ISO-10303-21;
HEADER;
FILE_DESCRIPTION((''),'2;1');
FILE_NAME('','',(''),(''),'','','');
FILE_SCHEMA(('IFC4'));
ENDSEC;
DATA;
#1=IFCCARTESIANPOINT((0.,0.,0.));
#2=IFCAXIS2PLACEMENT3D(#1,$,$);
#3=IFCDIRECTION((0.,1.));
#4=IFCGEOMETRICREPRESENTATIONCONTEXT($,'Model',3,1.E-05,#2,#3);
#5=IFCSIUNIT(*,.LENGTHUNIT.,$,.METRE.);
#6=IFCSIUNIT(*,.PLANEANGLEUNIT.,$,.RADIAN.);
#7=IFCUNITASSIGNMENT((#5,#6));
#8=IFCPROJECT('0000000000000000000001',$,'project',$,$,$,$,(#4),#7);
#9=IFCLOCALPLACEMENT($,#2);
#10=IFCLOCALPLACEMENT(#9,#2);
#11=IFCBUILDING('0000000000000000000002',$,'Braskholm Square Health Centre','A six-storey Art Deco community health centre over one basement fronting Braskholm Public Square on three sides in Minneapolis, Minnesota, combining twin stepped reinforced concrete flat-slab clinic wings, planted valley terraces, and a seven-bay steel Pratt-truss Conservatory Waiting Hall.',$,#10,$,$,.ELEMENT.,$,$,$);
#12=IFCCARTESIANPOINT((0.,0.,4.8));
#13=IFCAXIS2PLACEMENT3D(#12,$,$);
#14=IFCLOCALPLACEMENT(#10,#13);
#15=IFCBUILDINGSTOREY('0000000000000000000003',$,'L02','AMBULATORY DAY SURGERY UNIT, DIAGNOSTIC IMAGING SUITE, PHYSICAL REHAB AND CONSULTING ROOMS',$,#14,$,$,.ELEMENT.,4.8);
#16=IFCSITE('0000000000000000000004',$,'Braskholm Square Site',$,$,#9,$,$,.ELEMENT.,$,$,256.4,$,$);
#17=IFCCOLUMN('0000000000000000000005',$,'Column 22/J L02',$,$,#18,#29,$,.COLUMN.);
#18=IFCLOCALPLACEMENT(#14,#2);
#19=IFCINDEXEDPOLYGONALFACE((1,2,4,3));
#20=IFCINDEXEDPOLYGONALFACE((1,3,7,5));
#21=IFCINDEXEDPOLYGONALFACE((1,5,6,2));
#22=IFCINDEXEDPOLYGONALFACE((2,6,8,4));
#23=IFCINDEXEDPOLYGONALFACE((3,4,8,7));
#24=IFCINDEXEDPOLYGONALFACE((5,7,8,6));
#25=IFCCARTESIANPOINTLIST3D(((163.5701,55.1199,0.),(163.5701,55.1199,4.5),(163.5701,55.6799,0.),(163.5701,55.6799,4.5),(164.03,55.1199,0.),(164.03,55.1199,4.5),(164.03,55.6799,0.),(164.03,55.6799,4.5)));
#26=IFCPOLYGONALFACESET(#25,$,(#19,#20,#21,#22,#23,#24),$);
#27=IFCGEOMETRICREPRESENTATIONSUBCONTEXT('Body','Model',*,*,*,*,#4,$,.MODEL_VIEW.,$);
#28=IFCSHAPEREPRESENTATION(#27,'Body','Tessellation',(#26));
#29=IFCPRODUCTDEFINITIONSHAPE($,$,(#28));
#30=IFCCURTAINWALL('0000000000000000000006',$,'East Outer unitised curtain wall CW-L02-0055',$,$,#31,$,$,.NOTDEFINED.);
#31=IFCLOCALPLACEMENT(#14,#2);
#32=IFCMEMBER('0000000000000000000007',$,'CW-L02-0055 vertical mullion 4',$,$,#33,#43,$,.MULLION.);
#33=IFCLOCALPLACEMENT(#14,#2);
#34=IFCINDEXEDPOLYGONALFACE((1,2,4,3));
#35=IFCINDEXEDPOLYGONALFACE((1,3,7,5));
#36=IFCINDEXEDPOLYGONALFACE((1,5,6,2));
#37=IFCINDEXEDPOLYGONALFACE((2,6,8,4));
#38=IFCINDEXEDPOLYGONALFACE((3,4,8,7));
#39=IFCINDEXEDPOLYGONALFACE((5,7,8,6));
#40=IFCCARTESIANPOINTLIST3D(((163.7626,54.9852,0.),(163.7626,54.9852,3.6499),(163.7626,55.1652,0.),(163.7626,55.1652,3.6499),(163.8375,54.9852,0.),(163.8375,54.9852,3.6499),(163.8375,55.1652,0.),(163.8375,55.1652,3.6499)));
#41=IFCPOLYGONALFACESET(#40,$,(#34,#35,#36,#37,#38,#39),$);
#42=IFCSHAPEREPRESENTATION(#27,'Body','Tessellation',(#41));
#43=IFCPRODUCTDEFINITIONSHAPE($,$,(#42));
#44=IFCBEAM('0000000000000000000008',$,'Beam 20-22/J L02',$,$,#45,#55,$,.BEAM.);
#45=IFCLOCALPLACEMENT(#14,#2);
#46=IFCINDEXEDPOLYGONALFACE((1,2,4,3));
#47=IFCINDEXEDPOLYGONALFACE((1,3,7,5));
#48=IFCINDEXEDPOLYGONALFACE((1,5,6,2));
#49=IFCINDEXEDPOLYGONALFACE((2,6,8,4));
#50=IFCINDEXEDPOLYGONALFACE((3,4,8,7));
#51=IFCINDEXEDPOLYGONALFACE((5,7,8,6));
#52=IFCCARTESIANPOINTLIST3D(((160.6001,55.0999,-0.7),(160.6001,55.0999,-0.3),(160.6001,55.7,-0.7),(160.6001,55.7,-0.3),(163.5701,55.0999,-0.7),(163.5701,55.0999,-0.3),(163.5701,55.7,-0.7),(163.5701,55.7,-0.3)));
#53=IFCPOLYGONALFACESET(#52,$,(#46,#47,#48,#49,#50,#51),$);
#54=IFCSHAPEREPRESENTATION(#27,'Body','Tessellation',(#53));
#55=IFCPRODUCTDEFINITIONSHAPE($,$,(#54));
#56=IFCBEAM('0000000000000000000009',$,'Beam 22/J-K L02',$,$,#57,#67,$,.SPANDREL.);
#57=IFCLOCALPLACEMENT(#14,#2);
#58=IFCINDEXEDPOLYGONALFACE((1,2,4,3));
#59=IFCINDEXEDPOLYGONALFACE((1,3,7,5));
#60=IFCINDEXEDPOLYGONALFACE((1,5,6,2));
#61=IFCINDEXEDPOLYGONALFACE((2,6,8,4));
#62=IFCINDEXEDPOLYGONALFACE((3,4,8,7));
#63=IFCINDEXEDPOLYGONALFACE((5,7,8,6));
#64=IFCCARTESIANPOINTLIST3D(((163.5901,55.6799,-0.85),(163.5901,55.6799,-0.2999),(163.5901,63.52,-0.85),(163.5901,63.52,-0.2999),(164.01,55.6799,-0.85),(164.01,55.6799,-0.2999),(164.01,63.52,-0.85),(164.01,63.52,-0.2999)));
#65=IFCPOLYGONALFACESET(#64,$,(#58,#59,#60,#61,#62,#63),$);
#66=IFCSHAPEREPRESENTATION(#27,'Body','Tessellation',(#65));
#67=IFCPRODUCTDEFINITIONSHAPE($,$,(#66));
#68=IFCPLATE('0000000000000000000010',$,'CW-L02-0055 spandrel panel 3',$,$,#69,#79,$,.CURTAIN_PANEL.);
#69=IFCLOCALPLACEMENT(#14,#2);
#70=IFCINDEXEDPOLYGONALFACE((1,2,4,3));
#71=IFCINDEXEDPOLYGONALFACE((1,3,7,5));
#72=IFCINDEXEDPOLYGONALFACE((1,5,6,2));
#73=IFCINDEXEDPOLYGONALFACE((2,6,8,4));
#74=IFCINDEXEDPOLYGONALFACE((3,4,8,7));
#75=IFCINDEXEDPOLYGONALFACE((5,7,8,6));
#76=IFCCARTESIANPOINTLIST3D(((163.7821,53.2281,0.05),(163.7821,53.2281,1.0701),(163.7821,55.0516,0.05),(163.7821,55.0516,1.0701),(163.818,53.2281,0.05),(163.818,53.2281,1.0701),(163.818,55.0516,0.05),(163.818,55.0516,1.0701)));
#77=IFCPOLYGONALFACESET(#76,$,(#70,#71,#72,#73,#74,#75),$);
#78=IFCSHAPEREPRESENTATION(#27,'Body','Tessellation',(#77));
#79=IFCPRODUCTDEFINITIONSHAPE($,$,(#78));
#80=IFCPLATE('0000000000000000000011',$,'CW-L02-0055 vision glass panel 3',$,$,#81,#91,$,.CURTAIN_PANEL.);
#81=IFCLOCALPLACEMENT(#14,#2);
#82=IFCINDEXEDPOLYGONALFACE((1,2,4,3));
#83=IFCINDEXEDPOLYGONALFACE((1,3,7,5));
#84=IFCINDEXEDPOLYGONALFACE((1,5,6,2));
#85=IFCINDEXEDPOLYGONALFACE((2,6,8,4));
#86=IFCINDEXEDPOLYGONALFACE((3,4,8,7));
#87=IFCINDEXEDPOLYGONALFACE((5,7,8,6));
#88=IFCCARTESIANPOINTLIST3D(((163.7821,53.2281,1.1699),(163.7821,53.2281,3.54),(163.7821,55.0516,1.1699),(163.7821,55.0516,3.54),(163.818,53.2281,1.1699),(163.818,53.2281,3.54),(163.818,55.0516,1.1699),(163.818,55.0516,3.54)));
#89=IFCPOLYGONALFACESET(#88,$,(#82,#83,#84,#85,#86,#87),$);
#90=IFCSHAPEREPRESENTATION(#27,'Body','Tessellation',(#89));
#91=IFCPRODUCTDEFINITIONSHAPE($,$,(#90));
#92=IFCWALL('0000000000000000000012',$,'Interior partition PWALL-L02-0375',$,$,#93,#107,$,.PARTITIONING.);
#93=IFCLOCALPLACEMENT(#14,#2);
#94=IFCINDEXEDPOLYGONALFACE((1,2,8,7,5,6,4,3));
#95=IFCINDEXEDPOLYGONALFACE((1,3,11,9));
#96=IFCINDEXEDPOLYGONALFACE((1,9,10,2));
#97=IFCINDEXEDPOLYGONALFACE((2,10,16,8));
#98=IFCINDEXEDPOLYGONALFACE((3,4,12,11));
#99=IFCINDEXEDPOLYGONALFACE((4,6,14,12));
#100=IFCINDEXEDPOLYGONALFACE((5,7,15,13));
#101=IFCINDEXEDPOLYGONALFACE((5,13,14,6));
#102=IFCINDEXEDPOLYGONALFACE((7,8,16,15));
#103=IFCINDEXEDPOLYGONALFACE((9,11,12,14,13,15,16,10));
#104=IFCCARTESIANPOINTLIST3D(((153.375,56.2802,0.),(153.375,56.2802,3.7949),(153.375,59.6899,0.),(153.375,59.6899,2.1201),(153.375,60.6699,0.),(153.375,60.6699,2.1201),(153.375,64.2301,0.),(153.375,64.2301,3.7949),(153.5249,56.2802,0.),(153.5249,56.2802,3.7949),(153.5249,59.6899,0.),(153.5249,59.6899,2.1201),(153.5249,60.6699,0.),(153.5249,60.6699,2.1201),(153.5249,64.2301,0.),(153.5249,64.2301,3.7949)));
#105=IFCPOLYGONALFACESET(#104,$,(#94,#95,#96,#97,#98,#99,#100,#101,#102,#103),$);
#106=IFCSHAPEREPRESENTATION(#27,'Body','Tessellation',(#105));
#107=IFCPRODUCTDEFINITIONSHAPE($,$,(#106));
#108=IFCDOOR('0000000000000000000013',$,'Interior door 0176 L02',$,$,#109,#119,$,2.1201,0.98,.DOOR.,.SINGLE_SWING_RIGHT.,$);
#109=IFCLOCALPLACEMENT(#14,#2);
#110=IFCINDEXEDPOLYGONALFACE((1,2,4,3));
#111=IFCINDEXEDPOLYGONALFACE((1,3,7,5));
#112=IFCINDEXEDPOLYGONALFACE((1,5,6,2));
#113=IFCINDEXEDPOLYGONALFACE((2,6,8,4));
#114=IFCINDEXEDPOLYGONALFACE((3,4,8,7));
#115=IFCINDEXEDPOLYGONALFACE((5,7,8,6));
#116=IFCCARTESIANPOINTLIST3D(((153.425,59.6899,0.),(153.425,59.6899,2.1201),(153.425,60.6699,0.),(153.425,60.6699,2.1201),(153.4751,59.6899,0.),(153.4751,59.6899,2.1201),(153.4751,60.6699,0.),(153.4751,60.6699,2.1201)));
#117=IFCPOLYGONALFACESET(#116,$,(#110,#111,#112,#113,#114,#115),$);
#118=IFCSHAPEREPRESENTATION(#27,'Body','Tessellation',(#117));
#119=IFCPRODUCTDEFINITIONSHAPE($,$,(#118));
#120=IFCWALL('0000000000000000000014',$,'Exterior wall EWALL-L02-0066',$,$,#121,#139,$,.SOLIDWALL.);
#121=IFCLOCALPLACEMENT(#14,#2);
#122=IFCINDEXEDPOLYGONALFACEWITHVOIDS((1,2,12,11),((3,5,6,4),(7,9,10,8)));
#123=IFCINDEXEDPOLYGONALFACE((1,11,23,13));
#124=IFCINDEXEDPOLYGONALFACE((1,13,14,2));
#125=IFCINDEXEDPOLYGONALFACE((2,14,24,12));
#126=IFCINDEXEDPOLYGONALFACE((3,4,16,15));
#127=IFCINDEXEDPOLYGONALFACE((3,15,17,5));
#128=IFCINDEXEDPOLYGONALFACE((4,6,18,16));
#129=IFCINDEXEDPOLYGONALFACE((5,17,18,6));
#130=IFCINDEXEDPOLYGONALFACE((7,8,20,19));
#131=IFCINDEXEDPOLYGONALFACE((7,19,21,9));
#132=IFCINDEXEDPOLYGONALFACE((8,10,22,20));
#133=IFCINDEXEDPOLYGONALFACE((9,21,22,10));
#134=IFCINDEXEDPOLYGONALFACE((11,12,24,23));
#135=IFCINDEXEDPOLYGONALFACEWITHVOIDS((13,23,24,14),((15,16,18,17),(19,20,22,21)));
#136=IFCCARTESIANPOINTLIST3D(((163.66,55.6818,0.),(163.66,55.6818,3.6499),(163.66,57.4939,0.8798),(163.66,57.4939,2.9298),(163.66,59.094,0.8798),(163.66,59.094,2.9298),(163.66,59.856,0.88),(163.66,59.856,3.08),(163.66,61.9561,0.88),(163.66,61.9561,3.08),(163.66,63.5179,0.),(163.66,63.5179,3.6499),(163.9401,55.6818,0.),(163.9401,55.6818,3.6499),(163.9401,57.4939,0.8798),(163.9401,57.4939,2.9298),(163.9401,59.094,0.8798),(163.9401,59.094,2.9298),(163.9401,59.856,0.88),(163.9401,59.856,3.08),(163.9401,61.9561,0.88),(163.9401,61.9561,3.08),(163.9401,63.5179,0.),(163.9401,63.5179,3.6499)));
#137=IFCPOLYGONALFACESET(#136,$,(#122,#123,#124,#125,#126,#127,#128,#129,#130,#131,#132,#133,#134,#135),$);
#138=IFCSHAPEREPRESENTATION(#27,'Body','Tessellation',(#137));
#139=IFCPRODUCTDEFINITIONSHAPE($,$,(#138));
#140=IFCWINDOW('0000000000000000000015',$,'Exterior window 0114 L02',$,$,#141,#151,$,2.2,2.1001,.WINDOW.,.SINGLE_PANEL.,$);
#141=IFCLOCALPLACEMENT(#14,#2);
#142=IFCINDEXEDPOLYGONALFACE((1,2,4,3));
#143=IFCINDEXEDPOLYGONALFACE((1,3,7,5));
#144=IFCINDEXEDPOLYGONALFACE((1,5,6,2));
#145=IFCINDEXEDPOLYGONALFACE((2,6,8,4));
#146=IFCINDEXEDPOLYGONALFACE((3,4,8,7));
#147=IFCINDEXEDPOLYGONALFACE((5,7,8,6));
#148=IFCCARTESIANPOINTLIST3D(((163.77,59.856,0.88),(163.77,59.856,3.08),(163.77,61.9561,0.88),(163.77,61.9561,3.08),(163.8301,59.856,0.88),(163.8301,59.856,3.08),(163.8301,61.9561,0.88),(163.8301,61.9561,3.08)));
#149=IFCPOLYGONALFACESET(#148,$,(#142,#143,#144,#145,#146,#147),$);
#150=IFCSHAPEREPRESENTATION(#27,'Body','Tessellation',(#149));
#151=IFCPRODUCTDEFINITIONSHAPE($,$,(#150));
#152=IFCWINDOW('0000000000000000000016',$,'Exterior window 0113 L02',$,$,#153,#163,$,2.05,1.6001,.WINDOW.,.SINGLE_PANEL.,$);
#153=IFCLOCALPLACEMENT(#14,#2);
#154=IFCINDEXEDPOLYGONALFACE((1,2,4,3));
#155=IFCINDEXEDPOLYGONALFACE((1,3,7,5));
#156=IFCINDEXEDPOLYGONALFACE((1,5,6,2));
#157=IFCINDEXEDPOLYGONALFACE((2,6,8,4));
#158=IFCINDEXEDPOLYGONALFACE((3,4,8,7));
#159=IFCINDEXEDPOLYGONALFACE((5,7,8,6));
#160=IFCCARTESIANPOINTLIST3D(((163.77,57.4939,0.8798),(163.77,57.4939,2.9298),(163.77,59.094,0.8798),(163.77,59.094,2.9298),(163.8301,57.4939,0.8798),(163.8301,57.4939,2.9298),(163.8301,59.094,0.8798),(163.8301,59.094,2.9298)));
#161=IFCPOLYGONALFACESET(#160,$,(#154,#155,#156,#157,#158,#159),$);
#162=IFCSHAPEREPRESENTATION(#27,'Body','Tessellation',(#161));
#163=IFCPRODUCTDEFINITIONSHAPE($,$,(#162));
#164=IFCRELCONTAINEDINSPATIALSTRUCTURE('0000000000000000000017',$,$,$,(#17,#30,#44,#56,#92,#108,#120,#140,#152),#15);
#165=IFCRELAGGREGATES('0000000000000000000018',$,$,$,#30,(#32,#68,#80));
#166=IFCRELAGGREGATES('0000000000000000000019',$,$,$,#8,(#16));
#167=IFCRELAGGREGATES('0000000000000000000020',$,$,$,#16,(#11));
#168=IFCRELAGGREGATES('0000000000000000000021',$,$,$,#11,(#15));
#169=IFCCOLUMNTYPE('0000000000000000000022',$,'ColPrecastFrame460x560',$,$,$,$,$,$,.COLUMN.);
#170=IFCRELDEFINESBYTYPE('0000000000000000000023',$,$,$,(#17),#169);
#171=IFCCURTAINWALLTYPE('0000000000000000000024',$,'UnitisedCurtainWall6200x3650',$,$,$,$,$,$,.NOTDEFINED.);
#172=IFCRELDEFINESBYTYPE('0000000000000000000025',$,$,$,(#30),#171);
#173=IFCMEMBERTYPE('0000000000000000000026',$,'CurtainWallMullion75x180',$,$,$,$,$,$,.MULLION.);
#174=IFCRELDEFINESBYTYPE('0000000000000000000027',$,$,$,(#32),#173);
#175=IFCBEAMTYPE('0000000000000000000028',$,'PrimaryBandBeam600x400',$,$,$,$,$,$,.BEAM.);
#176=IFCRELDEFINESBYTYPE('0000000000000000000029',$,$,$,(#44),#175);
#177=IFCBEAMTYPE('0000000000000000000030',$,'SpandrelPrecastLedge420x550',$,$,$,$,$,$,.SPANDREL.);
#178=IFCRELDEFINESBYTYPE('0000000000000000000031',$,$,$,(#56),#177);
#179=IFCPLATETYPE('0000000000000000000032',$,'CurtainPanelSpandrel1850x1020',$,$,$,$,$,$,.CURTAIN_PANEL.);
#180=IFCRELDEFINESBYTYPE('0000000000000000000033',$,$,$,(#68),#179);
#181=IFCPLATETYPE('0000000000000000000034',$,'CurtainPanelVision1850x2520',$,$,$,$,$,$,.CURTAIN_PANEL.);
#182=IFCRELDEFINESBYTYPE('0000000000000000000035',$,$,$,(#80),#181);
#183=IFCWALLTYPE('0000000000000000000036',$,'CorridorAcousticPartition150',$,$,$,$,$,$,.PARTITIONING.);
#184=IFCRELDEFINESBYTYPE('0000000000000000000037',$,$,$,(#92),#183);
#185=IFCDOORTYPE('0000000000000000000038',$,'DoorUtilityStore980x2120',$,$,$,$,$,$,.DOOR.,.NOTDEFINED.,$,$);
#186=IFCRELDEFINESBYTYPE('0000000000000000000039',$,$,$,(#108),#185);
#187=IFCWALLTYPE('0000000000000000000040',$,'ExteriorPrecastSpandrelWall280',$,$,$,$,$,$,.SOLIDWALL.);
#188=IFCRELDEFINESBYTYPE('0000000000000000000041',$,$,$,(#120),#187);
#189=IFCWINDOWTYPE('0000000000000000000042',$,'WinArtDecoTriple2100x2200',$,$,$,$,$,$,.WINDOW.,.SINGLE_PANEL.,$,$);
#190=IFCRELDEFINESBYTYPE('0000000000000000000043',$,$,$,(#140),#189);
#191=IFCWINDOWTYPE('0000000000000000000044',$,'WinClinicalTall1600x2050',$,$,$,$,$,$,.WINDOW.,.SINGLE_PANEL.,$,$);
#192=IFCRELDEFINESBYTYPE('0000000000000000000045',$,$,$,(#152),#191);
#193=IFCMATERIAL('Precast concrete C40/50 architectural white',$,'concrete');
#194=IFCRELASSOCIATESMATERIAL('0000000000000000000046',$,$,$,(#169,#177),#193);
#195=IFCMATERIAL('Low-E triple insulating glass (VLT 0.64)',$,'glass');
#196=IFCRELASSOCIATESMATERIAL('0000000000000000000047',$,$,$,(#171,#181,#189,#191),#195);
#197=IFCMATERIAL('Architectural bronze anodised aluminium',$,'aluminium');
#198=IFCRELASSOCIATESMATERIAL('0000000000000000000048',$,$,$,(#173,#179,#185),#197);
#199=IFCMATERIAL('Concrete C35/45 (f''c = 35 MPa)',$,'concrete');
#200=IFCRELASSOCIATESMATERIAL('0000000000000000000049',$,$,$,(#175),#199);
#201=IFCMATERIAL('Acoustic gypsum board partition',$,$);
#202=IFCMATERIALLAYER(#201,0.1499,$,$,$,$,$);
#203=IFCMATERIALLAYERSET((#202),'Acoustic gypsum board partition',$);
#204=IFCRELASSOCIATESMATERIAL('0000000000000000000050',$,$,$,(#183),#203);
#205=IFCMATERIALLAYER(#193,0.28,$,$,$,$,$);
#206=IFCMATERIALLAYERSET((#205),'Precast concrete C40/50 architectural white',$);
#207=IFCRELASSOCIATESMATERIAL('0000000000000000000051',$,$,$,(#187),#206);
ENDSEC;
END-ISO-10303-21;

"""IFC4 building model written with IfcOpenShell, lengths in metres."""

from ifc_helpers import new_model, si_unit, direction, frame, frame_2d, origin, origin_with_axes, origin_2d, place, context, subcontext, project, spatial, rectangle, extrude, material, layer, layer_set, material_profile, profile_set, type_object, element, fill, aggregate, save


model = new_model("IFC4")

# Units and contexts
model_context = context("Model", 3, precision=1e-05, world=origin(), true_north=direction((0.0, 1.0)))
body_context = subcontext(model_context, "Body", "Model", "MODEL_VIEW")
ifc_project = project(units=[si_unit("LENGTHUNIT", "METRE"), si_unit("PLANEANGLEUNIT", "RADIAN")], contexts=[model_context])

# Site, building, storey
site_placement = place(None, origin())
site = spatial("IfcSite", under=ifc_project, at=site_placement, Name="Braskholm Square Site", CompositionType="ELEMENT", RefElevation=256.4)
building_placement = place(site_placement, origin())
building = spatial("IfcBuilding", under=site, at=building_placement, Name="Braskholm Square Health Centre", Description="A six-storey Art Deco community health centre over one basement fronting Braskholm Public Square on three sides in Minneapolis, Minnesota, combining twin stepped reinforced concrete flat-slab clinic wings, planted valley terraces, and a seven-bay steel Pratt-truss Conservatory Waiting Hall.", CompositionType="ELEMENT")
storey_placement = place(building_placement, frame((0.0, 0.0, 4.8)))
storey = spatial("IfcBuildingStorey", under=building, at=storey_placement, Name="L02", Description="AMBULATORY DAY SURGERY UNIT, DIAGNOSTIC IMAGING SUITE, PHYSICAL REHAB AND CONSULTING ROOMS", CompositionType="ELEMENT", Elevation=4.8)

# Column
ifc_material_1 = material(Name="Precast concrete C40/50 architectural white", Category="concrete")
ifc_material_profile_1 = material_profile(ifc_material_1, rectangle(XDim=0.46, YDim=0.5601, at=origin_2d()), Name="RC-460X560")
ifc_profile_set_1 = profile_set([ifc_material_profile_1], Name="Precast concrete C40/50 architectural white")
column_type = type_object("IfcColumnType", Name="ColPrecastFrame460x560", PredefinedType="COLUMN", material=ifc_profile_set_1)
column_placement = place(storey_placement, frame((163.8, 55.3999, 0.0), z_axis=(0.0, 0.0, 1.0), x_axis=(1.0, 0.0, 0.0)))
element("IfcColumn", 1, at=column_placement, inside=storey, type_object=column_type, Name="Column 22/J L02", PredefinedType="COLUMN", context=body_context, shape_type="SweptSolid", body=[
    extrude(rectangle(XDim=0.46, YDim=0.5601, at=origin_2d()), origin(), (0.0, 0.0, 1.0), 4.5),
])

# Curtain wall, member
ifc_material_2 = material(Name="Low-E triple insulating glass (VLT 0.64)", Category="glass")
curtain_wall_type = type_object("IfcCurtainWallType", Name="UnitisedCurtainWall6200x3650", PredefinedType="NOTDEFINED", material=ifc_material_2)
curtain_wall_placement = place(storey_placement, origin())
curtain_wall = element("IfcCurtainWall", 2, at=curtain_wall_placement, inside=storey, type_object=curtain_wall_type, Name="East Outer unitised curtain wall CW-L02-0055", PredefinedType="NOTDEFINED")
ifc_material_3 = material(Name="Architectural bronze anodised aluminium", Category="aluminium")
ifc_material_profile_2 = material_profile(ifc_material_3, rectangle(XDim=0.075, YDim=0.1799, at=origin_2d()), Name="ALU-75X180")
ifc_profile_set_2 = profile_set([ifc_material_profile_2], Name="Architectural bronze anodised aluminium")
member_type = type_object("IfcMemberType", Name="CurtainWallMullion75x180", PredefinedType="MULLION", material=ifc_profile_set_2)
member_placement = place(storey_placement, frame((163.8, 55.0752, 0.0), z_axis=(0.0, 0.0, 1.0), x_axis=(1.0, 0.0, 0.0)))
member = element("IfcMember", 3, at=member_placement, type_object=member_type, Name="CW-L02-0055 vertical mullion 4", PredefinedType="MULLION", context=body_context, shape_type="SweptSolid", body=[
    extrude(rectangle(XDim=0.075, YDim=0.1799, at=origin_2d()), origin(), (0.0, 0.0, 1.0), 3.6499),
])

# Beams
ifc_material_4 = material(Name="Concrete C35/45 (f'c = 35 MPa)", Category="concrete")
ifc_material_profile_3 = material_profile(ifc_material_4, rectangle(XDim=0.6001, YDim=0.3999, at=origin_2d()), Name="RCB-600X400")
ifc_profile_set_3 = profile_set([ifc_material_profile_3], Name="Concrete C35/45 (f'c = 35 MPa)")
beam_type_1 = type_object("IfcBeamType", Name="PrimaryBandBeam600x400", PredefinedType="BEAM", material=ifc_profile_set_3)
beam_1_placement = place(storey_placement, frame((160.6001, 55.3999, -0.5), z_axis=(1.0, 0.0, 0.0), x_axis=(0.0, 1.0, 0.0)))
element("IfcBeam", 4, at=beam_1_placement, inside=storey, type_object=beam_type_1, Name="Beam 20-22/J L02", PredefinedType="BEAM", context=body_context, shape_type="SweptSolid", body=[
    extrude(rectangle(XDim=0.6001, YDim=0.3999, at=origin_2d()), origin(), (0.0, 0.0, 1.0), 2.97),
])
ifc_material_profile_4 = material_profile(ifc_material_1, rectangle(XDim=0.4199, YDim=0.55, at=origin_2d()), Name="RCB-420X550")
ifc_profile_set_4 = profile_set([ifc_material_profile_4], Name="Precast concrete C40/50 architectural white")
beam_type_2 = type_object("IfcBeamType", Name="SpandrelPrecastLedge420x550", PredefinedType="SPANDREL", material=ifc_profile_set_4)
beam_2_placement = place(storey_placement, frame((163.8, 55.6799, -0.575), z_axis=(0.0, 1.0, 0.0), x_axis=(-1.0, 0.0, 0.0)))
element("IfcBeam", 5, at=beam_2_placement, inside=storey, type_object=beam_type_2, Name="Beam 22/J-K L02", PredefinedType="SPANDREL", context=body_context, shape_type="SweptSolid", body=[
    extrude(rectangle(XDim=0.4199, YDim=0.55, at=origin_2d()), origin(), (0.0, 0.0, 1.0), 7.8401),
])

# Plates
plate_type_1 = type_object("IfcPlateType", Name="CurtainPanelSpandrel1850x1020", PredefinedType="CURTAIN_PANEL", material=ifc_material_3)
plate_1_placement = place(storey_placement, frame((163.8, 54.1399, 0.05), z_axis=(0.0, 0.0, 1.0), x_axis=(0.0, 1.0, 0.0)))
plate_1 = element("IfcPlate", 6, at=plate_1_placement, type_object=plate_type_1, Name="CW-L02-0055 spandrel panel 3", PredefinedType="CURTAIN_PANEL", context=body_context, shape_type="SweptSolid", body=[
    extrude(rectangle(XDim=1.8235, YDim=0.0359, at=origin_2d()), origin(), (0.0, 0.0, 1.0), 1.02),
])
plate_type_2 = type_object("IfcPlateType", Name="CurtainPanelVision1850x2520", PredefinedType="CURTAIN_PANEL", material=ifc_material_2)
plate_2_placement = place(storey_placement, frame((163.8, 54.1399, 1.1699), z_axis=(0.0, 0.0, 1.0), x_axis=(0.0, 1.0, 0.0)))
plate_2 = element("IfcPlate", 7, at=plate_2_placement, type_object=plate_type_2, Name="CW-L02-0055 vision glass panel 3", PredefinedType="CURTAIN_PANEL", context=body_context, shape_type="SweptSolid", body=[
    extrude(rectangle(XDim=1.8235, YDim=0.0359, at=origin_2d()), origin(), (0.0, 0.0, 1.0), 2.3701),
])
aggregate(curtain_wall, [member, plate_1, plate_2])

# Wall, opening, door
ifc_material_5 = material(Name="Acoustic gypsum board partition")
ifc_layer_1 = layer(ifc_material_5, 0.1499)
ifc_layer_set_1 = layer_set([ifc_layer_1], Name="Acoustic gypsum board partition")
wall_type_1 = type_object("IfcWallType", Name="CorridorAcousticPartition150", PredefinedType="PARTITIONING", material=ifc_layer_set_1)
wall_1_placement = place(storey_placement, frame((153.45, 56.28, 0.0), z_axis=(0.0, 0.0, 1.0), x_axis=(0.0, 1.0, 0.0)))
wall_1 = element("IfcWall", 8, at=wall_1_placement, inside=storey, type_object=wall_type_1, Name="Interior partition PWALL-L02-0375", PredefinedType="PARTITIONING", context=body_context, shape_type="SweptSolid", body=[
    extrude(rectangle(XDim=7.95, YDim=0.1499, at=frame_2d((3.9751, 0.0))), origin(), (0.0, 0.0, 1.0), 3.7949),
])
opening_1_placement = place(wall_1_placement, frame((3.4099, 0.0, 0.0)))
opening_1 = element("IfcOpeningElement", 9, at=opening_1_placement, cuts=wall_1, PredefinedType="OPENING", context=body_context, shape_type="SweptSolid", body=[
    extrude(rectangle(XDim=0.98, YDim=2.1201, at=frame_2d((0.49, 1.0601))), frame((0.0, 0.085, 0.0), z_axis=(0.0, -1.0, 0.0), x_axis=(1.0, 0.0, 0.0)), (0.0, 0.0, 1.0), 0.1699),
])
door_type = type_object("IfcDoorType", Name="DoorUtilityStore980x2120", OperationType="NOTDEFINED", PredefinedType="DOOR", material=ifc_material_3)
door_placement = place(opening_1_placement, origin_with_axes())
door = element("IfcDoor", 10, at=door_placement, inside=storey, type_object=door_type, Name="Interior door 0176 L02", OperationType="SINGLE_SWING_RIGHT", OverallHeight=2.1201, OverallWidth=0.98, PredefinedType="DOOR", context=body_context, shape_type="SweptSolid", body=[
    extrude(rectangle(XDim=0.98, YDim=2.1201, at=frame_2d((0.49, 1.0601))), frame((0.0, 0.0249, 0.0), z_axis=(0.0, -1.0, 0.0), x_axis=(1.0, 0.0, 0.0)), (0.0, 0.0, 1.0), 0.05),
])
fill(opening_1, door)

# Wall, openings, windows
ifc_layer_2 = layer(ifc_material_1, 0.28)
ifc_layer_set_2 = layer_set([ifc_layer_2], Name="Precast concrete C40/50 architectural white")
wall_type_2 = type_object("IfcWallType", Name="ExteriorPrecastSpandrelWall280", PredefinedType="SOLIDWALL", material=ifc_layer_set_2)
wall_2_placement = place(storey_placement, frame((163.8, 55.6819, 0.0), z_axis=(0.0, 0.0, 1.0), x_axis=(0.0, 1.0, 0.0)))
wall_2 = element("IfcWall", 11, at=wall_2_placement, inside=storey, type_object=wall_type_2, Name="Exterior wall EWALL-L02-0066", PredefinedType="SOLIDWALL", context=body_context, shape_type="SweptSolid", body=[
    extrude(rectangle(XDim=7.8362, YDim=0.28, at=frame_2d((3.918, 0.0))), origin(), (0.0, 0.0, 1.0), 3.6499),
])
opening_2_placement = place(wall_2_placement, frame((1.812, 0.0, 0.8799)))
opening_2 = element("IfcOpeningElement", 12, at=opening_2_placement, cuts=wall_2, PredefinedType="OPENING", context=body_context, shape_type="SweptSolid", body=[
    extrude(rectangle(XDim=1.6001, YDim=2.05, at=frame_2d((0.8, 1.0249))), frame((0.0, 0.1499, 0.0), z_axis=(0.0, -1.0, 0.0), x_axis=(1.0, 0.0, 0.0)), (0.0, 0.0, 1.0), 0.3),
])
opening_3_placement = place(wall_2_placement, frame((4.1741, 0.0, 0.8799)))
opening_3 = element("IfcOpeningElement", 13, at=opening_3_placement, cuts=wall_2, PredefinedType="OPENING", context=body_context, shape_type="SweptSolid", body=[
    extrude(rectangle(XDim=2.1001, YDim=2.2, at=frame_2d((1.05, 1.1001))), frame((0.0, 0.1499, 0.0), z_axis=(0.0, -1.0, 0.0), x_axis=(1.0, 0.0, 0.0)), (0.0, 0.0, 1.0), 0.3),
])
window_type_1 = type_object("IfcWindowType", Name="WinArtDecoTriple2100x2200", PartitioningType="SINGLE_PANEL", PredefinedType="WINDOW", material=ifc_material_2)
window_1_placement = place(opening_3_placement, origin_with_axes())
window_1 = element("IfcWindow", 14, at=window_1_placement, inside=storey, type_object=window_type_1, Name="Exterior window 0114 L02", OverallHeight=2.2, OverallWidth=2.1001, PartitioningType="SINGLE_PANEL", PredefinedType="WINDOW", context=body_context, shape_type="SweptSolid", body=[
    extrude(rectangle(XDim=2.1001, YDim=2.2, at=frame_2d((1.05, 1.1001))), frame((0.0, 0.03, 0.0), z_axis=(0.0, -1.0, 0.0), x_axis=(1.0, 0.0, 0.0)), (0.0, 0.0, 1.0), 0.0601),
])
fill(opening_3, window_1)
window_type_2 = type_object("IfcWindowType", Name="WinClinicalTall1600x2050", PartitioningType="SINGLE_PANEL", PredefinedType="WINDOW", material=ifc_material_2)
window_2_placement = place(opening_2_placement, origin_with_axes())
window_2 = element("IfcWindow", 15, at=window_2_placement, inside=storey, type_object=window_type_2, Name="Exterior window 0113 L02", OverallHeight=2.05, OverallWidth=1.6001, PartitioningType="SINGLE_PANEL", PredefinedType="WINDOW", context=body_context, shape_type="SweptSolid", body=[
    extrude(rectangle(XDim=1.6001, YDim=2.05, at=frame_2d((0.8, 1.0249))), frame((0.0, 0.03, 0.0), z_axis=(0.0, -1.0, 0.0), x_axis=(1.0, 0.0, 0.0)), (0.0, 0.0, 1.0), 0.0601),
])
fill(opening_2, window_2)

save(model, "model.ifc")
